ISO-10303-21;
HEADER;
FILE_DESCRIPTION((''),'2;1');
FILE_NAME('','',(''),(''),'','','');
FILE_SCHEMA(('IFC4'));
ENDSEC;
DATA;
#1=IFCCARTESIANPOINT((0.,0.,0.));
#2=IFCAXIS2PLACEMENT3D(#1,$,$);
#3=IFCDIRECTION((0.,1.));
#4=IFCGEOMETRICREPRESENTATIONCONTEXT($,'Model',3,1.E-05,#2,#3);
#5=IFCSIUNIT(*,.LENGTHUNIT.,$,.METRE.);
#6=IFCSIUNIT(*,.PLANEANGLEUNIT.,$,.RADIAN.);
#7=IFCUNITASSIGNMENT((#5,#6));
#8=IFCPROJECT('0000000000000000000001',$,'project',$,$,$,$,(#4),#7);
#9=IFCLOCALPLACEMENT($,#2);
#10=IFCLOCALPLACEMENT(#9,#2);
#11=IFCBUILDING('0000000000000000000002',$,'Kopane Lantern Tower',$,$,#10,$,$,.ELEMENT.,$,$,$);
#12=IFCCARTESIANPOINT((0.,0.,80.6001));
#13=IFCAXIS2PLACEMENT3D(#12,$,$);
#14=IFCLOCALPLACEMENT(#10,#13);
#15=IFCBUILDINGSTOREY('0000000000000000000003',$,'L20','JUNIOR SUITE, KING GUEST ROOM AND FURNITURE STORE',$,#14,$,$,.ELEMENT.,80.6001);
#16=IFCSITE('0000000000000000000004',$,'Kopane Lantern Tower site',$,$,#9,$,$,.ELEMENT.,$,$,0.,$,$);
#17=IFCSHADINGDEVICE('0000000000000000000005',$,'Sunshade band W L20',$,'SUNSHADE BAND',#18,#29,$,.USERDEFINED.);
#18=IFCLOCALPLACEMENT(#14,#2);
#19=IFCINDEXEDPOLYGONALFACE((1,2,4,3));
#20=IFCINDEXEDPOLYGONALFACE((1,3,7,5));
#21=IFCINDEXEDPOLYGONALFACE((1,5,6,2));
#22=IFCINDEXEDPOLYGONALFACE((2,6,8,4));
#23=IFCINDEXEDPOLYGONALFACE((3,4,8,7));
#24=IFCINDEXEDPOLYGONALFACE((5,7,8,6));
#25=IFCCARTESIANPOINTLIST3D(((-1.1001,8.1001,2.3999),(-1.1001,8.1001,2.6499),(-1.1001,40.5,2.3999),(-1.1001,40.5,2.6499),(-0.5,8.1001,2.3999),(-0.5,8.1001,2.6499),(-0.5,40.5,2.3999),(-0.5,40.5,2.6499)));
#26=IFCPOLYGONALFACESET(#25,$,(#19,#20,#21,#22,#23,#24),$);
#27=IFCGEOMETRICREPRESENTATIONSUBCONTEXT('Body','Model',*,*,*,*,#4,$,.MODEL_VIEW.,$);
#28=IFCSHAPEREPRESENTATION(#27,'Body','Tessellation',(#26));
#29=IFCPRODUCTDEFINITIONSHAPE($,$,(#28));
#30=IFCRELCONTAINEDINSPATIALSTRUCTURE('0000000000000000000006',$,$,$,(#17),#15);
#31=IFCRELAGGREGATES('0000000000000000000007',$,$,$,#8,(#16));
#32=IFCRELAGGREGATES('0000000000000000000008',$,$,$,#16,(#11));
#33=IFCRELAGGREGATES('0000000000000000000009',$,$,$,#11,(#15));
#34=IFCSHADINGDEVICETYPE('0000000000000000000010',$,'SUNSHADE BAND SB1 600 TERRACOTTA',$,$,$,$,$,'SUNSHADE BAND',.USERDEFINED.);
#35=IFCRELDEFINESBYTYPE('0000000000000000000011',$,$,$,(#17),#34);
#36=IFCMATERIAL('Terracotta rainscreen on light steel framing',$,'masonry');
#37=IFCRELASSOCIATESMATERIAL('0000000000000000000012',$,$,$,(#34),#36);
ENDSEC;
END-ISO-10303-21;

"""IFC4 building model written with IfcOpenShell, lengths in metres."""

from ifc_helpers import new_model, si_unit, direction, frame, origin, origin_2d, place, context, subcontext, project, spatial, rectangle, extrude, material, type_object, element, save


model = new_model("IFC4")

# Units and contexts
model_context = context("Model", 3, precision=1e-05, world=origin(), true_north=direction((0.0, 1.0)))
body_context = subcontext(model_context, "Body", "Model", "MODEL_VIEW")
ifc_project = project(units=[si_unit("LENGTHUNIT", "METRE"), si_unit("PLANEANGLEUNIT", "RADIAN")], contexts=[model_context])

# Site, building, storey
site_placement = place(None, origin())
site = spatial("IfcSite", under=ifc_project, at=site_placement, Name="Kopane Lantern Tower site", CompositionType="ELEMENT", RefElevation=0.0)
building_placement = place(site_placement, origin())
building = spatial("IfcBuilding", under=site, at=building_placement, Name="Kopane Lantern Tower", CompositionType="ELEMENT")
storey_placement = place(building_placement, frame((0.0, 0.0, 80.6001)))
storey = spatial("IfcBuildingStorey", under=building, at=storey_placement, Name="L20", Description="JUNIOR SUITE, KING GUEST ROOM AND FURNITURE STORE", CompositionType="ELEMENT", Elevation=80.6001)

# Shading device
ifc_material_1 = material(Name="Terracotta rainscreen on light steel framing", Category="masonry")
shading_device_type = type_object("IfcShadingDeviceType", Name="SUNSHADE BAND SB1 600 TERRACOTTA", ElementType="SUNSHADE BAND", PredefinedType="USERDEFINED", material=ifc_material_1)
shading_device_placement = place(storey_placement, frame((-0.8, 24.3, 2.3999), z_axis=(0.0, 0.0, 1.0), x_axis=(0.0, -1.0, 0.0)))
element("IfcShadingDevice", 1, at=shading_device_placement, inside=storey, type_object=shading_device_type, Name="Sunshade band W L20", ObjectType="SUNSHADE BAND", PredefinedType="USERDEFINED", context=body_context, shape_type="SweptSolid", body=[
    extrude(rectangle(XDim=32.3999, YDim=0.6001, at=origin_2d()), origin(), (0.0, 0.0, 1.0), 0.25),
])

save(model, "model.ifc")
